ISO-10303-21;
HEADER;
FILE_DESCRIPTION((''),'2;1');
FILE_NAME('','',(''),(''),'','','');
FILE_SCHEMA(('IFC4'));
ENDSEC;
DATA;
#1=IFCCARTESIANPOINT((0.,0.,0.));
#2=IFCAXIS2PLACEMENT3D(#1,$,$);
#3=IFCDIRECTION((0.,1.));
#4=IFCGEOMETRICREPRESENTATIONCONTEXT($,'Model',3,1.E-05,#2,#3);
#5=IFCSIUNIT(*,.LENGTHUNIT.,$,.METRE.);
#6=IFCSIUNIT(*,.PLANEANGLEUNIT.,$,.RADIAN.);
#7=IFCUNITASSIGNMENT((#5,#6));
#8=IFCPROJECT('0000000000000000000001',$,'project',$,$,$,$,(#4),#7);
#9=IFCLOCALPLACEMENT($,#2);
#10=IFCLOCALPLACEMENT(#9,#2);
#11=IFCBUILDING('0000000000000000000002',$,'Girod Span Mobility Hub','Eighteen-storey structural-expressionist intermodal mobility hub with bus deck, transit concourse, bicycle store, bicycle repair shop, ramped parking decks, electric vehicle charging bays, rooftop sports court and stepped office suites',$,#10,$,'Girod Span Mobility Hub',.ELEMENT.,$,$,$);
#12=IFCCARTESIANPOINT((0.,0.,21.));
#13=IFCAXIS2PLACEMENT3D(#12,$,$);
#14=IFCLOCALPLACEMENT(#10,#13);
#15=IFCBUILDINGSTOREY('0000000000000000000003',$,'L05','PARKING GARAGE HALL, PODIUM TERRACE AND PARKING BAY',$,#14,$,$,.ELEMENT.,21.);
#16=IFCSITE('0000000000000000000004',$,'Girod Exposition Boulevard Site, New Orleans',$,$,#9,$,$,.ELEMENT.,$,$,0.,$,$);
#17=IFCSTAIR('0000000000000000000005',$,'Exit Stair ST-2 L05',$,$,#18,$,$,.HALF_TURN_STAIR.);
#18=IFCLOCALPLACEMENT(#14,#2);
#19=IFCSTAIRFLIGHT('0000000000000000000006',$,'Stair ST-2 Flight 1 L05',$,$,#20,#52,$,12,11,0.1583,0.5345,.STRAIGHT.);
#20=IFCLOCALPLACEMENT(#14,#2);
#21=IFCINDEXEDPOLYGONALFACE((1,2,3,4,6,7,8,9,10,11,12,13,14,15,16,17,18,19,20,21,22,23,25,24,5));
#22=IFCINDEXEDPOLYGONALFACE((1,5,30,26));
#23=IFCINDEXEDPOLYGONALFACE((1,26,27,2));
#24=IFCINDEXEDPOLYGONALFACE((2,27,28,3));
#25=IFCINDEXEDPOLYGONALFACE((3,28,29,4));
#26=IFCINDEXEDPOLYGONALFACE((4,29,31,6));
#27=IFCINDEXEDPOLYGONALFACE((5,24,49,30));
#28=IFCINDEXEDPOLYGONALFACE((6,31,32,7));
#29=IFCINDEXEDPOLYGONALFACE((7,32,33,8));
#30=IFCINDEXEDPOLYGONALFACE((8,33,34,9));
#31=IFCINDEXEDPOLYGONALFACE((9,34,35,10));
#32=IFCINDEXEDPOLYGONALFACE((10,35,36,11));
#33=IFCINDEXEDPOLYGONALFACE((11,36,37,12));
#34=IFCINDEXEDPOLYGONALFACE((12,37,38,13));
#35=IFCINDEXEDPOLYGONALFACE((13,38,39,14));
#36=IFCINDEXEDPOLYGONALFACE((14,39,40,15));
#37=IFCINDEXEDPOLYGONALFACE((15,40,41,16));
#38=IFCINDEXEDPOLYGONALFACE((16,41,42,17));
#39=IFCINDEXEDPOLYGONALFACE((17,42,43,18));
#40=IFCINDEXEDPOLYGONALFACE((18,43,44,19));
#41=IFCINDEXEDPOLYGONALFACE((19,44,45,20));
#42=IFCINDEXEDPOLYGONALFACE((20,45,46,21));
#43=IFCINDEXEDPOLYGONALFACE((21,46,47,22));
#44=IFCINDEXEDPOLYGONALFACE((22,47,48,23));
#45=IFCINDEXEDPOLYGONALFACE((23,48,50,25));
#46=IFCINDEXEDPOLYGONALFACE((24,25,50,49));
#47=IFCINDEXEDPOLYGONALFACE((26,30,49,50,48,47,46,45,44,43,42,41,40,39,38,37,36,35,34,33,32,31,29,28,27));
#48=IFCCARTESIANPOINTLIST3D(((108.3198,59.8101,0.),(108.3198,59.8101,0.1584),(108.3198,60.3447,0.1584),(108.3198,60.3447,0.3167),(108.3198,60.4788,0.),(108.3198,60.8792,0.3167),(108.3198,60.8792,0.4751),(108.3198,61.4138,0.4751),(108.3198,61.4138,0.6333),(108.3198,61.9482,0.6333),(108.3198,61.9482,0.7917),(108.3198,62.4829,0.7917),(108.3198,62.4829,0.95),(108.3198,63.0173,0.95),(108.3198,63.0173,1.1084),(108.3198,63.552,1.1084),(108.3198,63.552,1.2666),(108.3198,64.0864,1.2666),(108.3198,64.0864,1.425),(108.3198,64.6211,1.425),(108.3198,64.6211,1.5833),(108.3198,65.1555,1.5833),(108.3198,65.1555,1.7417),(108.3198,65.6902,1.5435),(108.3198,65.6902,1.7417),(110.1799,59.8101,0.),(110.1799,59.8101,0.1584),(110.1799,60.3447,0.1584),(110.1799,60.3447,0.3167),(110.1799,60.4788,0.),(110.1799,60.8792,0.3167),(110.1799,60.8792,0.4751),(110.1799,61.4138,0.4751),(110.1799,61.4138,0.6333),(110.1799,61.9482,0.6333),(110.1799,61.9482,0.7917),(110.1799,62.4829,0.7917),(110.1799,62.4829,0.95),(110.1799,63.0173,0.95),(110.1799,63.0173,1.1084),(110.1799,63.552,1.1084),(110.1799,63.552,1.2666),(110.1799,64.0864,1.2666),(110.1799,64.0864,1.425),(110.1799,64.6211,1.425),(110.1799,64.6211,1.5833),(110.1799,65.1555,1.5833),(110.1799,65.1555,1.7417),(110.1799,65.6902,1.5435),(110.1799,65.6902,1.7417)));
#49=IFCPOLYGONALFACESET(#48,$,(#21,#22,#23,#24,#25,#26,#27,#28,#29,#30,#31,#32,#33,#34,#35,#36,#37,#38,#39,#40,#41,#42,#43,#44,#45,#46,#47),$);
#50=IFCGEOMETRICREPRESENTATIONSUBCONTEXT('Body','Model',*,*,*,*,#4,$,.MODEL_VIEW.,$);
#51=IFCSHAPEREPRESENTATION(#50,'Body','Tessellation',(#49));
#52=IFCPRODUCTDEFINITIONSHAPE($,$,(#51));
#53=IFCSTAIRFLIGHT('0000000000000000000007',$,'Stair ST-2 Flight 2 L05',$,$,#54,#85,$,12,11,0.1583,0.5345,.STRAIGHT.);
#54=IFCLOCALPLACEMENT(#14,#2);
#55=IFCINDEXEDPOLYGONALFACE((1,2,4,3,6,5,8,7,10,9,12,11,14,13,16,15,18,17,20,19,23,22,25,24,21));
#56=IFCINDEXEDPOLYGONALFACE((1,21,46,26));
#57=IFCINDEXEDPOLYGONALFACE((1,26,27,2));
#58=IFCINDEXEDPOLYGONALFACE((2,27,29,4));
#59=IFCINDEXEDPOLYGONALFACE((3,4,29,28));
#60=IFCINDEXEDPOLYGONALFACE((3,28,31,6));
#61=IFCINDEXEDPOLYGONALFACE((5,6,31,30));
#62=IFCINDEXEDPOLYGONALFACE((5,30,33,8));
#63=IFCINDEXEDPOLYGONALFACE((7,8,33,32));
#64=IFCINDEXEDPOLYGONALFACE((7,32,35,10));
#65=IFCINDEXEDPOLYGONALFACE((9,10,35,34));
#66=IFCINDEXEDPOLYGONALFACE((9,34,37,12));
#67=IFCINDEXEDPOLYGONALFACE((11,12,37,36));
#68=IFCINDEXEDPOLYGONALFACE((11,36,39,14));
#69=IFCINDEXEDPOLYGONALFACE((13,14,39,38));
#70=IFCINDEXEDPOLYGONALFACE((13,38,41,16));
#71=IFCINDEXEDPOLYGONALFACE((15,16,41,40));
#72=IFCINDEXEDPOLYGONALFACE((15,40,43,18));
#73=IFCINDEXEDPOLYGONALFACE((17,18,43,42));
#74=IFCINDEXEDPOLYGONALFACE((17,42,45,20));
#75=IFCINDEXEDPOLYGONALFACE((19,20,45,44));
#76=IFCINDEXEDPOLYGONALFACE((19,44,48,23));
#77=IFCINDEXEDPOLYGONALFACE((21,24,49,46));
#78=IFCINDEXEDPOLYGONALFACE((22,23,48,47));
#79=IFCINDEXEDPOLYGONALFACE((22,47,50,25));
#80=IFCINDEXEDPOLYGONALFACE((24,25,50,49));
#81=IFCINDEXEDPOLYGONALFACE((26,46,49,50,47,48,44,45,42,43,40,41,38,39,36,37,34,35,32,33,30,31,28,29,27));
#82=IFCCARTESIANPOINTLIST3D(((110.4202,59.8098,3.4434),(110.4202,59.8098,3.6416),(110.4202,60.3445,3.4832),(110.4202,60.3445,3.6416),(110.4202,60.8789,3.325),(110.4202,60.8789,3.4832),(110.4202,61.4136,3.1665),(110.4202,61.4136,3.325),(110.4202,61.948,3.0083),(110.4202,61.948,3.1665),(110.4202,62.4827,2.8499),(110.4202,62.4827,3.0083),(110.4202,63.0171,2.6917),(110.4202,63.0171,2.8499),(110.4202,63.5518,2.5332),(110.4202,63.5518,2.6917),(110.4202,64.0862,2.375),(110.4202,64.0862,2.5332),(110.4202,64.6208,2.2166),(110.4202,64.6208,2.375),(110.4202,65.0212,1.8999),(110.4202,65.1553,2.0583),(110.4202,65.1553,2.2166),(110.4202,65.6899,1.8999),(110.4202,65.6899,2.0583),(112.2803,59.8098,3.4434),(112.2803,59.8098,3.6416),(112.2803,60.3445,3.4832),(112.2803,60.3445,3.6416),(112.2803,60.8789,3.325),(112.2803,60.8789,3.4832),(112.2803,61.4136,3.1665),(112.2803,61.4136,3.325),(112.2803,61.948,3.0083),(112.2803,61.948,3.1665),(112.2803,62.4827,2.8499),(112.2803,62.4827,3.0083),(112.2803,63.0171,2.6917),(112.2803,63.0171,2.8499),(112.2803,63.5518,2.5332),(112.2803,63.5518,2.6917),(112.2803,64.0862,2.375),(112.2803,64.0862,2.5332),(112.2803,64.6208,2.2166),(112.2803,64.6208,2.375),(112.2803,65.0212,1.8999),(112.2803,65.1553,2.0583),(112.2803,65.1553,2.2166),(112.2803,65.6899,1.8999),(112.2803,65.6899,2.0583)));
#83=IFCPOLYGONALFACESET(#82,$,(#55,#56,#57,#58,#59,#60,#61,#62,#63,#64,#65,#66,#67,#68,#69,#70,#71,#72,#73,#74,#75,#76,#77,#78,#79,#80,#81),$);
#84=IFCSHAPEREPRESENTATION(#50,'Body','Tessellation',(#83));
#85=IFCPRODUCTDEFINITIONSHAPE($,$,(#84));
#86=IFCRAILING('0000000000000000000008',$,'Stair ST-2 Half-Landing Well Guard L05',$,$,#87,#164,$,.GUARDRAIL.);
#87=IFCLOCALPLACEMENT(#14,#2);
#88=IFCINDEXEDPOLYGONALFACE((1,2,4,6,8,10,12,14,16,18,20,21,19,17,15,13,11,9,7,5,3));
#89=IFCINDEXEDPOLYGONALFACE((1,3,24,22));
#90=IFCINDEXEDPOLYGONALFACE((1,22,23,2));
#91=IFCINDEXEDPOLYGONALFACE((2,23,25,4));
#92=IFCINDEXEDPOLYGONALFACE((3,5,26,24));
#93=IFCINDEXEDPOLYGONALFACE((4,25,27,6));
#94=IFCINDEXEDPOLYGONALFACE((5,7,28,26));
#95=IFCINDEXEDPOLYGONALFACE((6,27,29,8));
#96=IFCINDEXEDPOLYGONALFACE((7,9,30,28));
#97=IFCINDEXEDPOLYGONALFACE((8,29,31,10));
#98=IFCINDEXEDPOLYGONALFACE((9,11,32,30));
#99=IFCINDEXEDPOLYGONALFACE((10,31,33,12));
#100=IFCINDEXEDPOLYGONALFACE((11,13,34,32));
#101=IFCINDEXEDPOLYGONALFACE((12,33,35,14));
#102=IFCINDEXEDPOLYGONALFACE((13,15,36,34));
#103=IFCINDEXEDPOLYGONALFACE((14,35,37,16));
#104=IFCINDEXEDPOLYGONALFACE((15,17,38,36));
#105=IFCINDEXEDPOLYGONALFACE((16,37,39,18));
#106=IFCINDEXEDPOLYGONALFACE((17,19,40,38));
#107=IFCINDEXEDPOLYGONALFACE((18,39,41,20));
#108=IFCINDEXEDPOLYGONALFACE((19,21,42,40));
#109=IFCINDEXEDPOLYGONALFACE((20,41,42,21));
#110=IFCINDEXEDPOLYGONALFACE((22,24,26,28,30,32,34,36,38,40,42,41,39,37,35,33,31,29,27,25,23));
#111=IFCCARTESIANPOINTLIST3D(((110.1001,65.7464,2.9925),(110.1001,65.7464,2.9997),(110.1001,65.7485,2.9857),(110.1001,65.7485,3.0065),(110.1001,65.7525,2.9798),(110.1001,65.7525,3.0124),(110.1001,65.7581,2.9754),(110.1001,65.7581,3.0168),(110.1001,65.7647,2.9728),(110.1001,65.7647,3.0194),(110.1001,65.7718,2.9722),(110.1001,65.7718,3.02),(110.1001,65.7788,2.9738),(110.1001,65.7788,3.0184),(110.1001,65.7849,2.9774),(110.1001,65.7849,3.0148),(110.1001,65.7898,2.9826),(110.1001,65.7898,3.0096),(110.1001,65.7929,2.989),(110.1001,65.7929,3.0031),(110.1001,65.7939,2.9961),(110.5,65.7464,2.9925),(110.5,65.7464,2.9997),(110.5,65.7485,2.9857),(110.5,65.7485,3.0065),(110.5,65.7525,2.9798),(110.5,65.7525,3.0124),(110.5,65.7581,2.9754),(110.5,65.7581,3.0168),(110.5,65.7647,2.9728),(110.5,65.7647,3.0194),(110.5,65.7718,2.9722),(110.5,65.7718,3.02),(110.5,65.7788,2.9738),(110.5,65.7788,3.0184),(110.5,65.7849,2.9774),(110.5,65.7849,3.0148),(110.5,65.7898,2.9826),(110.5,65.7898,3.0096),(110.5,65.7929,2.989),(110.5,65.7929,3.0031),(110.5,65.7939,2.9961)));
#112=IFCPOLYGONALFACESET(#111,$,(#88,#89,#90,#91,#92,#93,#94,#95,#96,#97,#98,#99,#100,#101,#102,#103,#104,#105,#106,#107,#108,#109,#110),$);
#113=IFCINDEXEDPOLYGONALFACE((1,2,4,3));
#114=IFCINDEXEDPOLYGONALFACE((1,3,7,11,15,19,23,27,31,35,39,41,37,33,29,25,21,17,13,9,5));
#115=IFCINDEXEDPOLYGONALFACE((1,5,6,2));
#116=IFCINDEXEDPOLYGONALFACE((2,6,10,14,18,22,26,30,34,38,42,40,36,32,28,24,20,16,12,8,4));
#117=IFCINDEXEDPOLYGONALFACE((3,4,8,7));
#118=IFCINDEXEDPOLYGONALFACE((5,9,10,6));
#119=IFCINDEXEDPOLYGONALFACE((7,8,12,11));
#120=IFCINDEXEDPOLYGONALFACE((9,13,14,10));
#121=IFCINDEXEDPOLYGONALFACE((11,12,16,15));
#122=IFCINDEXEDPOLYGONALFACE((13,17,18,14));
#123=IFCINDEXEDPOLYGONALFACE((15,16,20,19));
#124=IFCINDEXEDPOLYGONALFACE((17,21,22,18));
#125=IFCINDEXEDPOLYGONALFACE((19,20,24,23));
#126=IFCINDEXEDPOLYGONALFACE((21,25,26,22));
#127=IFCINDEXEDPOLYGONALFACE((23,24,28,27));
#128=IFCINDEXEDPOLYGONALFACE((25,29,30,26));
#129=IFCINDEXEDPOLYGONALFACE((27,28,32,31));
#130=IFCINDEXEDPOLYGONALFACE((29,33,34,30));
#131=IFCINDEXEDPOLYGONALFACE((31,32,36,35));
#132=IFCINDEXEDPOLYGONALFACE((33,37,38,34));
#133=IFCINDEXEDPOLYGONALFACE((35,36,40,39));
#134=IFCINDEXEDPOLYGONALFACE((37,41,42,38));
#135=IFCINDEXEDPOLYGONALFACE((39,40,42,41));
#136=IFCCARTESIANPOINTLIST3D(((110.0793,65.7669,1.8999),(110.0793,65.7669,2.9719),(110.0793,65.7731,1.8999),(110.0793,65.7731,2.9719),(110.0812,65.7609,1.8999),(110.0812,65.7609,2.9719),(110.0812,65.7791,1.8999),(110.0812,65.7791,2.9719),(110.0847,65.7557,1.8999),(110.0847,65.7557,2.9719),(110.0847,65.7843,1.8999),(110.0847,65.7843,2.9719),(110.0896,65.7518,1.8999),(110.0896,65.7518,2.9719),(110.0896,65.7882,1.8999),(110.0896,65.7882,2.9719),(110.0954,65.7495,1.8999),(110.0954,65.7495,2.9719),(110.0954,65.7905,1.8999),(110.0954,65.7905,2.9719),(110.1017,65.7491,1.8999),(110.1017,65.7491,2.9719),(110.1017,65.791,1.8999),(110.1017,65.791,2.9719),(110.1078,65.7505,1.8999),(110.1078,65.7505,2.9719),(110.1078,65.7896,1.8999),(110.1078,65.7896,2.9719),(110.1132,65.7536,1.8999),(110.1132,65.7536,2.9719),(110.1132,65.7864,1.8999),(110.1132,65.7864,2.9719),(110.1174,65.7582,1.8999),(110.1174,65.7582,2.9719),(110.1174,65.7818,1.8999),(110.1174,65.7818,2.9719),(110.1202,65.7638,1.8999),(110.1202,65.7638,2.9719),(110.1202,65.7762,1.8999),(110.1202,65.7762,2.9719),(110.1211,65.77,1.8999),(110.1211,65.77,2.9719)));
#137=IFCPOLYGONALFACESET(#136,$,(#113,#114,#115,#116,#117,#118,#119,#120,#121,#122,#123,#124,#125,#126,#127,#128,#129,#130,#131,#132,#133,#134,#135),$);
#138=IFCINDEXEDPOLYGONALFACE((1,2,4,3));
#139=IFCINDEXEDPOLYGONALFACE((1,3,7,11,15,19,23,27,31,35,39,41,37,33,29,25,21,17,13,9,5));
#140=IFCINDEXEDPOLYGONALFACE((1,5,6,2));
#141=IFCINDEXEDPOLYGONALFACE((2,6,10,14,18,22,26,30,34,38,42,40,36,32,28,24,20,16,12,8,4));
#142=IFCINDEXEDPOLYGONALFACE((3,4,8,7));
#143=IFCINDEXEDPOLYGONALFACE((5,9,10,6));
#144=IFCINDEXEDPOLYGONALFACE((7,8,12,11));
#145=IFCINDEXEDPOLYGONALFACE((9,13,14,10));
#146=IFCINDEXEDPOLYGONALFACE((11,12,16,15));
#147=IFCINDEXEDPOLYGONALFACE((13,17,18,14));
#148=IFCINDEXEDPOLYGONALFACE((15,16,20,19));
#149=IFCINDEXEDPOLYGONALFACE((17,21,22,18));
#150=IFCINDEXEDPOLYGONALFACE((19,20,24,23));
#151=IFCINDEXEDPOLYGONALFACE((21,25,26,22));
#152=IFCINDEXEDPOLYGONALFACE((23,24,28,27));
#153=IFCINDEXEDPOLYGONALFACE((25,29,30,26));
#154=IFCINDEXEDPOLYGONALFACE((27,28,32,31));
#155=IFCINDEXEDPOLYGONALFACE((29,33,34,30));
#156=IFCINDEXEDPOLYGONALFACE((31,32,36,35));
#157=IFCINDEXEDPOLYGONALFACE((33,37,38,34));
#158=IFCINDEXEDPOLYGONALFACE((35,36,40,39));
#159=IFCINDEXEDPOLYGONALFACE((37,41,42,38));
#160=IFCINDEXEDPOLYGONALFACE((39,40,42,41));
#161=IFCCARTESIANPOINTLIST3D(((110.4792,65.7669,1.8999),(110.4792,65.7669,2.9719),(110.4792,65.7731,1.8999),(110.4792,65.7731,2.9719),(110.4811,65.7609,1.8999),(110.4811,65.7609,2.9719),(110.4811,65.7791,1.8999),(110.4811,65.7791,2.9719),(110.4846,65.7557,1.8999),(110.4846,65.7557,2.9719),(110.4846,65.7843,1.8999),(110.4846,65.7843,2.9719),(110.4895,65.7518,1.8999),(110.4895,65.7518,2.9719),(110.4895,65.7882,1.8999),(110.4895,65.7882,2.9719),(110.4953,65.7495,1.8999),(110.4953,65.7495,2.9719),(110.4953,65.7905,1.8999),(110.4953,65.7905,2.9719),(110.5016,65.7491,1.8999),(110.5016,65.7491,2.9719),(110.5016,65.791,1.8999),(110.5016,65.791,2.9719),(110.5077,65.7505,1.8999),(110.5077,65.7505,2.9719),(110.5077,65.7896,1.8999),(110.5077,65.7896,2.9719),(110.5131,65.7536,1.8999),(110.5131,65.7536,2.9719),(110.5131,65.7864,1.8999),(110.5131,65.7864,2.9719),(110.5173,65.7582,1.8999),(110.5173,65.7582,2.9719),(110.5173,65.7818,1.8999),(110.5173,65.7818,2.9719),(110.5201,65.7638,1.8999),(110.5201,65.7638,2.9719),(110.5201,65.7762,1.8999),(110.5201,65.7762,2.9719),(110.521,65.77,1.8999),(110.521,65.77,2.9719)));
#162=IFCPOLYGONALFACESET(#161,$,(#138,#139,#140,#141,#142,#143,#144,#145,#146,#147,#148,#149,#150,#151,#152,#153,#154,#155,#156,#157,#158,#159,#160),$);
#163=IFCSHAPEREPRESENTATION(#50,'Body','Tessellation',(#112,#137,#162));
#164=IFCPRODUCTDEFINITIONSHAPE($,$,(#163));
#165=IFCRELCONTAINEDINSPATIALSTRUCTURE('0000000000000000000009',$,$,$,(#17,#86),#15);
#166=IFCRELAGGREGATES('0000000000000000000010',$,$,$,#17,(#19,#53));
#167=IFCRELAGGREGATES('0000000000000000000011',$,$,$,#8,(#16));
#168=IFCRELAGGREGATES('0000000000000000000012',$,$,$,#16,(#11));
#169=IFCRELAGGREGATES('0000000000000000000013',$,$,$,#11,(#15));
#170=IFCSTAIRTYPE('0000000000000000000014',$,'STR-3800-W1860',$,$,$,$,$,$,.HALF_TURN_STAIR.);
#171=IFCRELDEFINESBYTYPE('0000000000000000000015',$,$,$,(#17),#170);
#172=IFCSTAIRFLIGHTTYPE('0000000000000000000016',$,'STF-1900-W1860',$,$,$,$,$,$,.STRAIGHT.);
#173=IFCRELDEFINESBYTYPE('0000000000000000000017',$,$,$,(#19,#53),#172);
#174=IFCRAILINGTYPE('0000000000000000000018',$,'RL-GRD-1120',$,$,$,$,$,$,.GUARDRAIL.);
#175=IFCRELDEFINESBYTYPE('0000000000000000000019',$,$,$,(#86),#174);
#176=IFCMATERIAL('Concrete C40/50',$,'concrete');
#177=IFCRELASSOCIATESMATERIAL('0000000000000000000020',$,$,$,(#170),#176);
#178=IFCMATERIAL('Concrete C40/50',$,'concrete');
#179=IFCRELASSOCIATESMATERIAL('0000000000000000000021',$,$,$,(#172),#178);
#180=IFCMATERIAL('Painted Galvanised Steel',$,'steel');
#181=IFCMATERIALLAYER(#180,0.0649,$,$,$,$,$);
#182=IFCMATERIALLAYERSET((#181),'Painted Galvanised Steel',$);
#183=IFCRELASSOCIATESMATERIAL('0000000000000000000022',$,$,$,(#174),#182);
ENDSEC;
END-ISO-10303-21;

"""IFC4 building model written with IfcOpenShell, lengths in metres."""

from ifc_helpers import new_model, si_unit, direction, frame, origin, origin_2d, place, context, subcontext, project, spatial, polyline, circle, outline, extrude, material, layer, layer_set, type_object, element, aggregate, save


model = new_model("IFC4")

# Units and contexts
model_context = context("Model", 3, precision=1e-05, world=origin(), true_north=direction((0.0, 1.0)))
body_context = subcontext(model_context, "Body", "Model", "MODEL_VIEW")
ifc_project = project(units=[si_unit("LENGTHUNIT", "METRE"), si_unit("PLANEANGLEUNIT", "RADIAN")], contexts=[model_context])

# Site, building, storey
site_placement = place(None, origin())
site = spatial("IfcSite", under=ifc_project, at=site_placement, Name="Girod Exposition Boulevard Site, New Orleans", CompositionType="ELEMENT", RefElevation=0.0)
building_placement = place(site_placement, origin())
building = spatial("IfcBuilding", under=site, at=building_placement, Name="Girod Span Mobility Hub", Description="Eighteen-storey structural-expressionist intermodal mobility hub with bus deck, transit concourse, bicycle store, bicycle repair shop, ramped parking decks, electric vehicle charging bays, rooftop sports court and stepped office suites", LongName="Girod Span Mobility Hub", CompositionType="ELEMENT")
storey_placement = place(building_placement, frame((0.0, 0.0, 21.0)))
storey = spatial("IfcBuildingStorey", under=building, at=storey_placement, Name="L05", Description="PARKING GARAGE HALL, PODIUM TERRACE AND PARKING BAY", CompositionType="ELEMENT", Elevation=21.0)

# Stair, stair flights
ifc_material_1 = material(Name="Concrete C40/50", Category="concrete")
stair_type = type_object("IfcStairType", Name="STR-3800-W1860", PredefinedType="HALF_TURN_STAIR", material=ifc_material_1)
stair_placement = place(storey_placement, origin())
stair = element("IfcStair", 1, at=stair_placement, inside=storey, type_object=stair_type, Name="Exit Stair ST-2 L05", PredefinedType="HALF_TURN_STAIR")
ifc_material_2 = material(Name="Concrete C40/50", Category="concrete")
stair_flight_type = type_object("IfcStairFlightType", Name="STF-1900-W1860", PredefinedType="STRAIGHT", material=ifc_material_2)
stair_flight_1_placement = place(storey_placement, frame((109.25, 59.8101, 0.0), z_axis=(0.0, 0.0, 1.0), x_axis=(0.0, 1.0, 0.0)))
stair_flight_1 = element("IfcStairFlight", 2, at=stair_flight_1_placement, type_object=stair_flight_type, Name="Stair ST-2 Flight 1 L05", NumberOfRisers=12, NumberOfTreads=11, PredefinedType="STRAIGHT", RiserHeight=0.1583, TreadLength=0.5345, context=body_context, shape_type="SweptSolid", body=[
    extrude(outline(polyline([(0.0, 0.0), (0.0, 0.1584), (0.5347, 0.1584), (0.5347, 0.3167), (1.0691, 0.3167), (1.0691, 0.4751), (1.6038, 0.4751), (1.6038, 0.6333), (2.1382, 0.6333), (2.1382, 0.7917), (2.6729, 0.7917), (2.6729, 0.95), (3.2073, 0.95), (3.2073, 1.1084), (3.7419, 1.1084), (3.7419, 1.2666), (4.2764, 1.2666), (4.2764, 1.425), (4.811, 1.425), (4.811, 1.5833), (5.3455, 1.5833), (5.3455, 1.7417), (5.8801, 1.7417), (5.8801, 1.8999), (5.8801, 1.5435), (0.6687, 0.0), (0.0, 0.0)])), frame((0.0, 0.9302, 0.0), z_axis=(0.0, -1.0, 0.0), x_axis=(1.0, 0.0, 0.0)), (0.0, 0.0, 1.0), 1.8601),
])
stair_flight_2_placement = place(storey_placement, frame((111.3501, 65.6899, 1.8999), z_axis=(0.0, 0.0, 1.0), x_axis=(0.0, -1.0, 0.0)))
stair_flight_2 = element("IfcStairFlight", 3, at=stair_flight_2_placement, type_object=stair_flight_type, Name="Stair ST-2 Flight 2 L05", NumberOfRisers=12, NumberOfTreads=11, PredefinedType="STRAIGHT", RiserHeight=0.1583, TreadLength=0.5345, context=body_context, shape_type="SweptSolid", body=[
    extrude(outline(polyline([(0.0, 0.0), (0.0, 0.1584), (0.5347, 0.1584), (0.5347, 0.3167), (1.0691, 0.3167), (1.0691, 0.4751), (1.6038, 0.4751), (1.6038, 0.6333), (2.1382, 0.6333), (2.1382, 0.7917), (2.6729, 0.7917), (2.6729, 0.95), (3.2073, 0.95), (3.2073, 1.1084), (3.7419, 1.1084), (3.7419, 1.2666), (4.2764, 1.2666), (4.2764, 1.425), (4.811, 1.425), (4.811, 1.5833), (5.3455, 1.5833), (5.3455, 1.7417), (5.8801, 1.7417), (5.8801, 1.8999), (5.8801, 1.5435), (0.6687, 0.0), (0.0, 0.0)])), frame((0.0, 0.9302, 0.0), z_axis=(0.0, -1.0, 0.0), x_axis=(1.0, 0.0, 0.0)), (0.0, 0.0, 1.0), 1.8601),
])
aggregate(stair, [stair_flight_1, stair_flight_2])

# Railing
ifc_material_3 = material(Name="Painted Galvanised Steel", Category="steel")
ifc_layer_1 = layer(ifc_material_3, 0.0649)
ifc_layer_set_1 = layer_set([ifc_layer_1], Name="Painted Galvanised Steel")
railing_type_1 = type_object("IfcRailingType", Name="RL-GRD-1120", PredefinedType="GUARDRAIL", material=ifc_layer_set_1)
for number, where, name in (
    (4, (110.1001, 65.77, 1.8999), "Stair ST-2 Half-Landing Well Guard L05"),
):
    element("IfcRailing", number, at=place(storey_placement, frame(where)), inside=storey, type_object=railing_type_1, Name=name, PredefinedType="GUARDRAIL", context=body_context, shape_type="SweptSolid", body=[
        extrude(circle(Radius=0.0239, at=origin_2d()), frame((0.0, 0.0, 1.0962), z_axis=(1.0, 0.0, 0.0), x_axis=(0.0, 1.0, 0.0)), (0.0, 0.0, 1.0), 0.3999),
        extrude(circle(Radius=0.021, at=origin_2d()), origin(), (0.0, 0.0, 1.0), 1.072),
        extrude(circle(Radius=0.021, at=origin_2d()), frame((0.3999, 0.0, 0.0)), (0.0, 0.0, 1.0), 1.072),
    ])

save(model, "model.ifc")
